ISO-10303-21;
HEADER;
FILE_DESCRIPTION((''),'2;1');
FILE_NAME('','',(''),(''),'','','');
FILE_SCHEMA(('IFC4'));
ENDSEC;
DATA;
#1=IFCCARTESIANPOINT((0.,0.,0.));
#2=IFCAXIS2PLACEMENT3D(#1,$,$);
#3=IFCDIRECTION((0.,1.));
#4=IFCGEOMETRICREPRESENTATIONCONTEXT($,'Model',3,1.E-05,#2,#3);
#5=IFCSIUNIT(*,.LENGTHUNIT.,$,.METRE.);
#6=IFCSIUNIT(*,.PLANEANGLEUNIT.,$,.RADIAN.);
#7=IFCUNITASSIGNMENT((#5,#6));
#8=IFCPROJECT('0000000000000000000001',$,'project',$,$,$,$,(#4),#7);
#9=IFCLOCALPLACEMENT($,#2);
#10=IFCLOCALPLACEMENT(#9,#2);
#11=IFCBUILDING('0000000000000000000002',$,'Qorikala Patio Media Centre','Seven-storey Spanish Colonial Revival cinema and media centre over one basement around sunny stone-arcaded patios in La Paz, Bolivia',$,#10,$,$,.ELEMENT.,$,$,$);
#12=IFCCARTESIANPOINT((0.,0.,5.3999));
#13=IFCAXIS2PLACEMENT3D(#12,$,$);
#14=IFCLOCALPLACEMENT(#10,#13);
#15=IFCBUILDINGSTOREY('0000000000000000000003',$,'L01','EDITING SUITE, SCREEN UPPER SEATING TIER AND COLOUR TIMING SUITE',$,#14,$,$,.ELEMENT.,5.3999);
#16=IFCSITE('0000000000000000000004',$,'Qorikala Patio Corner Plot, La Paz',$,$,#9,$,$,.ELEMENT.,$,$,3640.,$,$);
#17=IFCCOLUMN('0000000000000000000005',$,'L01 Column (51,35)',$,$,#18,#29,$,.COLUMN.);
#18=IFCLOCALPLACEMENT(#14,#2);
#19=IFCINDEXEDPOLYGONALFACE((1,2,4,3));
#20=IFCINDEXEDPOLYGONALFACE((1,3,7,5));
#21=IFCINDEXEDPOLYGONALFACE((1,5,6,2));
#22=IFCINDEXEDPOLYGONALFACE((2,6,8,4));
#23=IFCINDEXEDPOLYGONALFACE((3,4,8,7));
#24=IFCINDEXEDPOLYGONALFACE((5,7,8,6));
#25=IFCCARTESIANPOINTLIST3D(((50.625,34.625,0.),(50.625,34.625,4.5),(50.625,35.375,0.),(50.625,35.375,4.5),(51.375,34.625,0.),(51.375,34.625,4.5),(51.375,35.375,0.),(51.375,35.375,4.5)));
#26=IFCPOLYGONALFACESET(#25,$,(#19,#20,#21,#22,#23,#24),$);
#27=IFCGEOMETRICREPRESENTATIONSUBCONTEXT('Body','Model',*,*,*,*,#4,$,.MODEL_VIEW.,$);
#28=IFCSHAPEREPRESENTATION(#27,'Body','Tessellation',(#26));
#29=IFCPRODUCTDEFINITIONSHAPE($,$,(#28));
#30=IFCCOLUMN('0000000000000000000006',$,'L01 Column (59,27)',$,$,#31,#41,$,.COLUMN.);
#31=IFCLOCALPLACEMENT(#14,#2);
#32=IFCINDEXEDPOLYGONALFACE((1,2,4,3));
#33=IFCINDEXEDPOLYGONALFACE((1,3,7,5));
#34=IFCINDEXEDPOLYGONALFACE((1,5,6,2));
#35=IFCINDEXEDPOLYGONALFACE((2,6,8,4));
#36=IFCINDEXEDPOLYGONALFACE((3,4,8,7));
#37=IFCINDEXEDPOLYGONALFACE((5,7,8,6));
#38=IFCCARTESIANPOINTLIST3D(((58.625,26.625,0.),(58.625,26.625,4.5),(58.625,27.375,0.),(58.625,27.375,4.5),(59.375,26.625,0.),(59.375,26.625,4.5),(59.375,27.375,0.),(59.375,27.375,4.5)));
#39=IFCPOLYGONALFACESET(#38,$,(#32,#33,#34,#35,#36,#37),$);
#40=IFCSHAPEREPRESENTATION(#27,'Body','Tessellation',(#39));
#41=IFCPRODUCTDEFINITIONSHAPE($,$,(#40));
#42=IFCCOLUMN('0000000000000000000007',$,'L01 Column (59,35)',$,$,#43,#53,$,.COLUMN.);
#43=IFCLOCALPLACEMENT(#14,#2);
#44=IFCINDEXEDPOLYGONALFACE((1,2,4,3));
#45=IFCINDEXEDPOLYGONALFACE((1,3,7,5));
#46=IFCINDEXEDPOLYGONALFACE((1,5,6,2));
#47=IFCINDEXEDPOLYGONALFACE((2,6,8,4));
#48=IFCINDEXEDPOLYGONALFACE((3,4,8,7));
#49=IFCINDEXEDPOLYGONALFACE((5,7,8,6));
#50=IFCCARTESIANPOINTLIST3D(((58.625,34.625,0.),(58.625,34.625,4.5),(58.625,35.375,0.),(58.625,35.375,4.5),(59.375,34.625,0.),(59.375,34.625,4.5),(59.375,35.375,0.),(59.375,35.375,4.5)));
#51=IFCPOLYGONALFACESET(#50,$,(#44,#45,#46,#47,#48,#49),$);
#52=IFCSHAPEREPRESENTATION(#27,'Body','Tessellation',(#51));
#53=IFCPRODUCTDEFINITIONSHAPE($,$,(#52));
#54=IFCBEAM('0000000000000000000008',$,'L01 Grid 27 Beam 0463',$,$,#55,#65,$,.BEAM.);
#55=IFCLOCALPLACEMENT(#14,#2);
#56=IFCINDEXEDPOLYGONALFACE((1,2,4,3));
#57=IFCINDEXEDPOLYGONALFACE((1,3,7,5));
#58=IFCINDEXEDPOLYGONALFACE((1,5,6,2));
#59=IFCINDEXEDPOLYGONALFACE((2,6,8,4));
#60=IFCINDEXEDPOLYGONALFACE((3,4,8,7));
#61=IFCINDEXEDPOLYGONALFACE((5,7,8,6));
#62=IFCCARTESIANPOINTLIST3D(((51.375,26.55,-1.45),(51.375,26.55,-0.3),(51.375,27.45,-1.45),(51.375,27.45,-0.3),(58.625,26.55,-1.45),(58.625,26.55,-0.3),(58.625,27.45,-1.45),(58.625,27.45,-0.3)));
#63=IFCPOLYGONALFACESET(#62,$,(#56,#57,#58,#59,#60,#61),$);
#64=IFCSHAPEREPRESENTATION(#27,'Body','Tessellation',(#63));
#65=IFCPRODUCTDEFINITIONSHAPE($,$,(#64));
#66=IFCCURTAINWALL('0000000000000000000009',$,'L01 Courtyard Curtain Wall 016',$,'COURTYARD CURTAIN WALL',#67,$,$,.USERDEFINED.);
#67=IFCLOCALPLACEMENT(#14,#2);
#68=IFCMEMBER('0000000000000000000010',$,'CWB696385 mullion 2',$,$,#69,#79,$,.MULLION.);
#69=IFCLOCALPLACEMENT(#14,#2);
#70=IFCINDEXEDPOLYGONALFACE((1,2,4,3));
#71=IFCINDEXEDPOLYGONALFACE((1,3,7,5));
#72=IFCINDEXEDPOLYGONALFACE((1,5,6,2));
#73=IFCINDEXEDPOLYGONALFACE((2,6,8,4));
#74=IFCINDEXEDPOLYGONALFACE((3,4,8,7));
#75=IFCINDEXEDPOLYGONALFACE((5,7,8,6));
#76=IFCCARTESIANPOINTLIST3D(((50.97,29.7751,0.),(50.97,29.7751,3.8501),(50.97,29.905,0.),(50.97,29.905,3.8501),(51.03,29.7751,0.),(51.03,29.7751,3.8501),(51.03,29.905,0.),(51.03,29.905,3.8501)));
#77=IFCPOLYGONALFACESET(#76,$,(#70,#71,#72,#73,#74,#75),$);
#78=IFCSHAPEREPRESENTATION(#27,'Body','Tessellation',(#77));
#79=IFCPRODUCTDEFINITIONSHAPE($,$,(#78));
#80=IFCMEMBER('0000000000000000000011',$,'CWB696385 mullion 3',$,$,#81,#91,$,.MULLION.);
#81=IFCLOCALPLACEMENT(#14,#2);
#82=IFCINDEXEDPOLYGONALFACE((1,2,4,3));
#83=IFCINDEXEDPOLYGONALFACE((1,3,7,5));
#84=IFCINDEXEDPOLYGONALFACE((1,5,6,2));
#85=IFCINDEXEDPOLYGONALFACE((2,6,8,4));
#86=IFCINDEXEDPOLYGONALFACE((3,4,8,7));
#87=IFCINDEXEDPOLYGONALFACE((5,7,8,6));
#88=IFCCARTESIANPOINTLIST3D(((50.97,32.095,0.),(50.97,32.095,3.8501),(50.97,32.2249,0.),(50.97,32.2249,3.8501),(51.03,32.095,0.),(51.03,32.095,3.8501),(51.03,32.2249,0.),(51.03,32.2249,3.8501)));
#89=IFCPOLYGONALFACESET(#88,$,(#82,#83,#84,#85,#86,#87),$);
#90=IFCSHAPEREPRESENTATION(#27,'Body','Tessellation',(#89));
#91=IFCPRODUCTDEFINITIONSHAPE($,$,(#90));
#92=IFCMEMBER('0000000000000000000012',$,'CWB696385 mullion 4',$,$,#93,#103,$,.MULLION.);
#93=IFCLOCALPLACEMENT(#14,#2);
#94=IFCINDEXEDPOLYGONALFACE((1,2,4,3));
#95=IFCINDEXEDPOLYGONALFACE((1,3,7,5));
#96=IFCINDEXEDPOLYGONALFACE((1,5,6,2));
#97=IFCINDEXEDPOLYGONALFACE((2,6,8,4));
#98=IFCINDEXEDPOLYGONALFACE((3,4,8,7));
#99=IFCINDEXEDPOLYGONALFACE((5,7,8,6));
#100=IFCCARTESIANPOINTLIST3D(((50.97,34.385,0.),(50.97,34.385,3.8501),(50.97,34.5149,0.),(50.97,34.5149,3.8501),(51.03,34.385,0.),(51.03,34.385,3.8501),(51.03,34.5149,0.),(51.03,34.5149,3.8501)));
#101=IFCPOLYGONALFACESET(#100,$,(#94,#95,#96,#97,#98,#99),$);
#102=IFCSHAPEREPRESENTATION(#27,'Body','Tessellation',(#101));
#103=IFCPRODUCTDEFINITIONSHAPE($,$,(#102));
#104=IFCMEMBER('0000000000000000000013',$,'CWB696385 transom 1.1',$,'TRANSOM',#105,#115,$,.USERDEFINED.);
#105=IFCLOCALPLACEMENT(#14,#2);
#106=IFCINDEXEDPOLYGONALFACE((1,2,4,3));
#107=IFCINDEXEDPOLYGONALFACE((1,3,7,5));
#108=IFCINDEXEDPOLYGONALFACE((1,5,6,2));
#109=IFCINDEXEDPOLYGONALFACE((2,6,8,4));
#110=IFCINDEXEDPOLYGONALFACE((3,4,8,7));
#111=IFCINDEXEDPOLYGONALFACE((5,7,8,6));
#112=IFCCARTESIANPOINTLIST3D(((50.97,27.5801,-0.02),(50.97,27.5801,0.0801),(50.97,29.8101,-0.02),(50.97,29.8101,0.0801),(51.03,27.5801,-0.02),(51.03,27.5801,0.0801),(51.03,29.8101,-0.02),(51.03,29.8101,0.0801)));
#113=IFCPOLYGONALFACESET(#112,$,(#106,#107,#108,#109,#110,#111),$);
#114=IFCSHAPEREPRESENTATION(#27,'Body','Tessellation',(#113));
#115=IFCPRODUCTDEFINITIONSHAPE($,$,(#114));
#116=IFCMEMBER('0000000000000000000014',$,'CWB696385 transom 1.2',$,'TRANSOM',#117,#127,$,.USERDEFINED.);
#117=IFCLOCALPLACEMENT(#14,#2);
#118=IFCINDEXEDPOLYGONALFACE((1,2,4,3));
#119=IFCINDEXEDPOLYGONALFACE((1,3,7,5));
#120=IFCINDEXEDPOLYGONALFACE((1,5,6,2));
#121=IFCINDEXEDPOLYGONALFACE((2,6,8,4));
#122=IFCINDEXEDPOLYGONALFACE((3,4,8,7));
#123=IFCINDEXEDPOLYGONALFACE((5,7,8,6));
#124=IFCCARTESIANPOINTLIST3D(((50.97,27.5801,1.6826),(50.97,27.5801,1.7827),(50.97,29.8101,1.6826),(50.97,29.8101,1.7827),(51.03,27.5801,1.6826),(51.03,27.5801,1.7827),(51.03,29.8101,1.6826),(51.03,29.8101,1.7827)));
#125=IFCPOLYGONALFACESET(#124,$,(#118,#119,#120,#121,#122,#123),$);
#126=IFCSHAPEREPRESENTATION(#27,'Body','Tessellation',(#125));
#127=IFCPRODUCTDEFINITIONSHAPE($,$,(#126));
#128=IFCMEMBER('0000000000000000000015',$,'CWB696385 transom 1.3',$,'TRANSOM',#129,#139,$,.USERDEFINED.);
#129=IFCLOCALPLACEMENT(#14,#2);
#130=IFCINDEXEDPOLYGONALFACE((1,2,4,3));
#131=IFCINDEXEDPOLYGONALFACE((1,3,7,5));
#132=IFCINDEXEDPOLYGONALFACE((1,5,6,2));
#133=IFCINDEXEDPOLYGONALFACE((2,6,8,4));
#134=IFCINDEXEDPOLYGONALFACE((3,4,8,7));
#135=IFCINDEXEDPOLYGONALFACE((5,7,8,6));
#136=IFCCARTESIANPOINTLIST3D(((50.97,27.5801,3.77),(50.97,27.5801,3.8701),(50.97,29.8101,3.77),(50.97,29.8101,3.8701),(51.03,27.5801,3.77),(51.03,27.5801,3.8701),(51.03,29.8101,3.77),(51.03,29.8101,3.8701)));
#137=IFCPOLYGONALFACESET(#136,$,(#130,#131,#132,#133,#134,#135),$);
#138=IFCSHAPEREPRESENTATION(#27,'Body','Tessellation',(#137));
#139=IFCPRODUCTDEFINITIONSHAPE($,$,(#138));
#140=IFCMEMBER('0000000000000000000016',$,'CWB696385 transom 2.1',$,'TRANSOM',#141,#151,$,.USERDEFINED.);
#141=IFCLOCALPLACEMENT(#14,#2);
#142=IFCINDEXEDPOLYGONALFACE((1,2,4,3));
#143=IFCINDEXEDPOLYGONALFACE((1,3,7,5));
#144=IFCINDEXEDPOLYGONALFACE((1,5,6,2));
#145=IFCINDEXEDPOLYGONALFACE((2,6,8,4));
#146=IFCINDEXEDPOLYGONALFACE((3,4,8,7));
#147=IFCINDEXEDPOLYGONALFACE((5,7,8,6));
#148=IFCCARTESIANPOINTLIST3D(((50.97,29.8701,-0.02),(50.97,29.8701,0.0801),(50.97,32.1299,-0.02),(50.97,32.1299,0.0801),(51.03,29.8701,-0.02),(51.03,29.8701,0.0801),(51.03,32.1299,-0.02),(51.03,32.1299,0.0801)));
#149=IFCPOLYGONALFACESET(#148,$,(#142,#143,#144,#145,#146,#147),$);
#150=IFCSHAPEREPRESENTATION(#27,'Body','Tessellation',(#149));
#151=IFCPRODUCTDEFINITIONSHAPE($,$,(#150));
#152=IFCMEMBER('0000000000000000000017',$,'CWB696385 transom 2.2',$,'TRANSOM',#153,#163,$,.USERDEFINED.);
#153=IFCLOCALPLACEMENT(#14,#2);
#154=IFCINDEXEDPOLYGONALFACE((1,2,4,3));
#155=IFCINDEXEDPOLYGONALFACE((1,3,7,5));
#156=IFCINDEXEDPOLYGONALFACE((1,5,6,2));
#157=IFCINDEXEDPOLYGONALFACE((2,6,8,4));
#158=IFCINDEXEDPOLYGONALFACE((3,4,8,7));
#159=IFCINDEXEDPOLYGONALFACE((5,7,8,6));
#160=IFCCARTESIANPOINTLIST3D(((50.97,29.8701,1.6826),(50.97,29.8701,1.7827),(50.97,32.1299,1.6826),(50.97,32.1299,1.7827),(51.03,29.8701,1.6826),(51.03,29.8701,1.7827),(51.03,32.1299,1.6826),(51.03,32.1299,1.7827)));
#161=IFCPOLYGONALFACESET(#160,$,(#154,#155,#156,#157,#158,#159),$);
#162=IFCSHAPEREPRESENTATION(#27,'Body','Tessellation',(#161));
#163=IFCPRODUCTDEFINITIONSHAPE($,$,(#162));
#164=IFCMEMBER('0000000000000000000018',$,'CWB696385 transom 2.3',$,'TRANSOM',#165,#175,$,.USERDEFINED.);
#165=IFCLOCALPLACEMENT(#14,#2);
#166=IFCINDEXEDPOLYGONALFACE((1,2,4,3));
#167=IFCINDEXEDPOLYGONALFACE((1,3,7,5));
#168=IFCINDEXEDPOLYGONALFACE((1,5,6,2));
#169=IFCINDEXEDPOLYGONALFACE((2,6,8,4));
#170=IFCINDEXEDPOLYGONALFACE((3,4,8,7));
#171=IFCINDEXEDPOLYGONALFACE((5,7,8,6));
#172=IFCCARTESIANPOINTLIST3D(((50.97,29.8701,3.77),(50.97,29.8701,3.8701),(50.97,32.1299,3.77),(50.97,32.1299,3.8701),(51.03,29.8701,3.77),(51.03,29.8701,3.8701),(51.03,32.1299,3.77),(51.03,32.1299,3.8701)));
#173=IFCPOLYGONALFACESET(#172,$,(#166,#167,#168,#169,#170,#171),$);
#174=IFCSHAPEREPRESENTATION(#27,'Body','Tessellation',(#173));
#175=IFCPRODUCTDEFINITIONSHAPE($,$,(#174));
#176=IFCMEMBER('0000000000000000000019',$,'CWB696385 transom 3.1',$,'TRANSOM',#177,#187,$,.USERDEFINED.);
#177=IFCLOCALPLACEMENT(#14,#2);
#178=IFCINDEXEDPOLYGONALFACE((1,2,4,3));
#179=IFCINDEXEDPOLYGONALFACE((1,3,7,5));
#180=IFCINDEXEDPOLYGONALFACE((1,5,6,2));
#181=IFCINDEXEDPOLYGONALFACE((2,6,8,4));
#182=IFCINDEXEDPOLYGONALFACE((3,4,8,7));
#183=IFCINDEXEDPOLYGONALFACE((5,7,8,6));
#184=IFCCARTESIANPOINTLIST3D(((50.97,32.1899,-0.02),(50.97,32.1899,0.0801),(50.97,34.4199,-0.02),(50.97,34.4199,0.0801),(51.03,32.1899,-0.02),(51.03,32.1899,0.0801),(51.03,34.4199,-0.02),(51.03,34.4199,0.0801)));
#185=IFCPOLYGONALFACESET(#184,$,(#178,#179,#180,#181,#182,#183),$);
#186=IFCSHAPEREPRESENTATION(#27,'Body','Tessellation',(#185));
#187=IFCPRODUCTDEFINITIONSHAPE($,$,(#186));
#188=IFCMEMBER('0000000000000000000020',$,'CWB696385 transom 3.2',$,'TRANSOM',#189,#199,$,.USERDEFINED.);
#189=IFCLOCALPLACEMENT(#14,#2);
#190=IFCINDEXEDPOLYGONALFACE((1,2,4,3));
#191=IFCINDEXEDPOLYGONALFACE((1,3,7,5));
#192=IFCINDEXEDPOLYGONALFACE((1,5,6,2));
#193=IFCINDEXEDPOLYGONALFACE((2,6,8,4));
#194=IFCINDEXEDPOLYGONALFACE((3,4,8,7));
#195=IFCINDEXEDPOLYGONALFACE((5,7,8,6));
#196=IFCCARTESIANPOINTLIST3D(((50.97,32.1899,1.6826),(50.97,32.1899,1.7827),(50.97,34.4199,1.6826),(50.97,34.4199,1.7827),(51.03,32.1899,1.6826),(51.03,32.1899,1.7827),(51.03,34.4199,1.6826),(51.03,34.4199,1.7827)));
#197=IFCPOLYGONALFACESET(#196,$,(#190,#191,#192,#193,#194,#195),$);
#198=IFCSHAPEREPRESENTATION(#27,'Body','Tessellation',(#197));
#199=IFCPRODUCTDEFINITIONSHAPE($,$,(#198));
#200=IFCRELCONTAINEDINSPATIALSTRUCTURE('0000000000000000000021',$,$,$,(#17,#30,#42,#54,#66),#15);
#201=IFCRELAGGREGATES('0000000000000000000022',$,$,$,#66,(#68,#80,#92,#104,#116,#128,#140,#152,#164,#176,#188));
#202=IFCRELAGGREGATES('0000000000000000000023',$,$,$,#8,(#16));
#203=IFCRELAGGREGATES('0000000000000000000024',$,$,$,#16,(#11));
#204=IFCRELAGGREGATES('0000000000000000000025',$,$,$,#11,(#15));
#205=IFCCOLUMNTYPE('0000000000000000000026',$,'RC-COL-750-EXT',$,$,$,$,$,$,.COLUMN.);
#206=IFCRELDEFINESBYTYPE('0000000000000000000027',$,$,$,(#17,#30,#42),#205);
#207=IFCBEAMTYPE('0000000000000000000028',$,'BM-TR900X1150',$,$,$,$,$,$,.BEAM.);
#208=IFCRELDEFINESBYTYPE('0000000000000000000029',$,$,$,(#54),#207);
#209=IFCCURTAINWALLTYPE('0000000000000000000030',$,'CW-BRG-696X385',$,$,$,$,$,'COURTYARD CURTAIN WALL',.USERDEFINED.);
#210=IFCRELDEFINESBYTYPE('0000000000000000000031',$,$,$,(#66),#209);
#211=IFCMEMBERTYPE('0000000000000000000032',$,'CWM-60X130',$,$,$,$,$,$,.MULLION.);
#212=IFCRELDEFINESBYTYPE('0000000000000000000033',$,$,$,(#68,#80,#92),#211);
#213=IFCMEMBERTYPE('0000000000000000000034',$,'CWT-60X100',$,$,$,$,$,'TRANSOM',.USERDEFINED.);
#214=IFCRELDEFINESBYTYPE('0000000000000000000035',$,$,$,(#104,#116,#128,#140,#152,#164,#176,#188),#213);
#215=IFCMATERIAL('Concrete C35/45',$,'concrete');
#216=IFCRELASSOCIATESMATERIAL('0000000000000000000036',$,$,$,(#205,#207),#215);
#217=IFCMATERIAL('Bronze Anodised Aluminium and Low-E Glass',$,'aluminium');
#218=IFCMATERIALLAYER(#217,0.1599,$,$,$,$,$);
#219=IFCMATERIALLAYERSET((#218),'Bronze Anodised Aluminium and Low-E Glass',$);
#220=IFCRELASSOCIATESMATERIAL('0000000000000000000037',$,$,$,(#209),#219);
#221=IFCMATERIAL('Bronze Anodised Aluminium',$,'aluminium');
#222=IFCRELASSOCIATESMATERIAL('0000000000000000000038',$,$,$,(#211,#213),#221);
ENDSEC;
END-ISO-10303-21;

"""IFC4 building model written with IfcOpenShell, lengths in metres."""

from ifc_helpers import new_model, si_unit, direction, frame, origin, origin_2d, place, context, subcontext, project, spatial, rectangle, extrude, material, layer, layer_set, material_profile, profile_set, type_object, element, aggregate, save


model = new_model("IFC4")

# Units and contexts
model_context = context("Model", 3, precision=1e-05, world=origin(), true_north=direction((0.0, 1.0)))
body_context = subcontext(model_context, "Body", "Model", "MODEL_VIEW")
ifc_project = project(units=[si_unit("LENGTHUNIT", "METRE"), si_unit("PLANEANGLEUNIT", "RADIAN")], contexts=[model_context])

# Site, building, storey
site_placement = place(None, origin())
site = spatial("IfcSite", under=ifc_project, at=site_placement, Name="Qorikala Patio Corner Plot, La Paz", CompositionType="ELEMENT", RefElevation=3640.0)
building_placement = place(site_placement, origin())
building = spatial("IfcBuilding", under=site, at=building_placement, Name="Qorikala Patio Media Centre", Description="Seven-storey Spanish Colonial Revival cinema and media centre over one basement around sunny stone-arcaded patios in La Paz, Bolivia", CompositionType="ELEMENT")
storey_placement = place(building_placement, frame((0.0, 0.0, 5.3999)))
storey = spatial("IfcBuildingStorey", under=building, at=storey_placement, Name="L01", Description="EDITING SUITE, SCREEN UPPER SEATING TIER AND COLOUR TIMING SUITE", CompositionType="ELEMENT", Elevation=5.3999)

# Columns
ifc_material_1 = material(Name="Concrete C35/45", Category="concrete")
ifc_material_profile_1 = material_profile(ifc_material_1, rectangle(XDim=0.75, YDim=0.75, at=origin_2d()), Name="RC 750x750")
ifc_profile_set_1 = profile_set([ifc_material_profile_1], Name="Concrete C35/45")
column_type = type_object("IfcColumnType", Name="RC-COL-750-EXT", PredefinedType="COLUMN", material=ifc_profile_set_1)
for number, where, z_axis, x_axis, name in (
    (1, (51.0, 35.0, 0.0), (0.0, 0.0, 1.0), (1.0, 0.0, 0.0), "L01 Column (51,35)"),
    (2, (59.0, 27.0, 0.0), (0.0, 0.0, 1.0), (1.0, 0.0, 0.0), "L01 Column (59,27)"),
    (3, (59.0, 35.0, 0.0), (0.0, 0.0, 1.0), (1.0, 0.0, 0.0), "L01 Column (59,35)"),
):
    element("IfcColumn", number, at=place(storey_placement, frame(where, z_axis=z_axis, x_axis=x_axis)), inside=storey, type_object=column_type, Name=name, PredefinedType="COLUMN", context=body_context, shape_type="SweptSolid", body=[
        extrude(rectangle(XDim=0.75, YDim=0.75, at=origin_2d()), origin(), (0.0, 0.0, 1.0), 4.5),
    ])

# Beam
ifc_material_profile_2 = material_profile(ifc_material_1, rectangle(XDim=0.8999, YDim=1.1499, at=origin_2d()), Name="RC 900x1150")
ifc_profile_set_2 = profile_set([ifc_material_profile_2], Name="Concrete C35/45")
beam_type_1 = type_object("IfcBeamType", Name="BM-TR900X1150", PredefinedType="BEAM", material=ifc_profile_set_2)
beam_1_placement = place(storey_placement, frame((51.375, 27.0, -0.875), z_axis=(1.0, 0.0, 0.0), x_axis=(0.0, 1.0, 0.0)))
element("IfcBeam", 4, at=beam_1_placement, inside=storey, type_object=beam_type_1, Name="L01 Grid 27 Beam 0463", PredefinedType="BEAM", context=body_context, shape_type="SweptSolid", body=[
    extrude(rectangle(XDim=0.8999, YDim=1.1499, at=origin_2d()), origin(), (0.0, 0.0, 1.0), 7.25),
])

# Curtain wall, members
ifc_material_2 = material(Name="Bronze Anodised Aluminium and Low-E Glass", Category="aluminium")
ifc_layer_1 = layer(ifc_material_2, 0.1599)
ifc_layer_set_1 = layer_set([ifc_layer_1], Name="Bronze Anodised Aluminium and Low-E Glass")
curtain_wall_type = type_object("IfcCurtainWallType", Name="CW-BRG-696X385", ElementType="COURTYARD CURTAIN WALL", PredefinedType="USERDEFINED", material=ifc_layer_set_1)
curtain_wall_placement = place(storey_placement, origin())
curtain_wall = element("IfcCurtainWall", 5, at=curtain_wall_placement, inside=storey, type_object=curtain_wall_type, Name="L01 Courtyard Curtain Wall 016", ObjectType="COURTYARD CURTAIN WALL", PredefinedType="USERDEFINED")
ifc_material_3 = material(Name="Bronze Anodised Aluminium", Category="aluminium")
ifc_material_profile_3 = material_profile(ifc_material_3, rectangle(XDim=0.0601, YDim=0.1299, at=origin_2d()), Name="ALU MULLION 60x130")
ifc_profile_set_3 = profile_set([ifc_material_profile_3], Name="Bronze Anodised Aluminium")
member_type_1 = type_object("IfcMemberType", Name="CWM-60X130", PredefinedType="MULLION", material=ifc_profile_set_3)
member_1_placement = place(storey_placement, frame((51.0, 29.8401, 0.0), z_axis=(0.0, 0.0, 1.0), x_axis=(-1.0, 0.0, 0.0)))
member_1 = element("IfcMember", 6, at=member_1_placement, type_object=member_type_1, Name="CWB696385 mullion 2", PredefinedType="MULLION", context=body_context, shape_type="SweptSolid", body=[
    extrude(rectangle(XDim=0.0601, YDim=0.1299, at=origin_2d()), origin(), (0.0, 0.0, 1.0), 3.8501),
])
member_2_placement = place(storey_placement, frame((51.0, 32.1599, 0.0), z_axis=(0.0, 0.0, 1.0), x_axis=(-1.0, 0.0, 0.0)))
member_2 = element("IfcMember", 7, at=member_2_placement, type_object=member_type_1, Name="CWB696385 mullion 3", PredefinedType="MULLION", context=body_context, shape_type="SweptSolid", body=[
    extrude(rectangle(XDim=0.0601, YDim=0.1299, at=origin_2d()), origin(), (0.0, 0.0, 1.0), 3.8501),
])
member_3_placement = place(storey_placement, frame((51.0, 34.45, 0.0), z_axis=(0.0, 0.0, 1.0), x_axis=(-1.0, 0.0, 0.0)))
member_3 = element("IfcMember", 8, at=member_3_placement, type_object=member_type_1, Name="CWB696385 mullion 4", PredefinedType="MULLION", context=body_context, shape_type="SweptSolid", body=[
    extrude(rectangle(XDim=0.0601, YDim=0.1299, at=origin_2d()), origin(), (0.0, 0.0, 1.0), 3.8501),
])
ifc_material_profile_4 = material_profile(ifc_material_3, rectangle(XDim=0.0601, YDim=0.1001, at=origin_2d()), Name="ALU TRANSOM 60x100")
ifc_profile_set_4 = profile_set([ifc_material_profile_4], Name="Bronze Anodised Aluminium")
member_type_2 = type_object("IfcMemberType", Name="CWT-60X100", ElementType="TRANSOM", PredefinedType="USERDEFINED", material=ifc_profile_set_4)
member_4_placement = place(storey_placement, frame((51.0, 27.5801, 0.03), z_axis=(0.0, 1.0, 0.0), x_axis=(-1.0, 0.0, 0.0)))
member_4 = element("IfcMember", 9, at=member_4_placement, type_object=member_type_2, Name="CWB696385 transom 1.1", ObjectType="TRANSOM", PredefinedType="USERDEFINED", context=body_context, shape_type="SweptSolid", body=[
    extrude(rectangle(XDim=0.0601, YDim=0.1001, at=origin_2d()), origin(), (0.0, 0.0, 1.0), 2.23),
])
member_5_placement = place(storey_placement, frame((51.0, 27.5801, 1.7327), z_axis=(0.0, 1.0, 0.0), x_axis=(-1.0, 0.0, 0.0)))
member_5 = element("IfcMember", 10, at=member_5_placement, type_object=member_type_2, Name="CWB696385 transom 1.2", ObjectType="TRANSOM", PredefinedType="USERDEFINED", context=body_context, shape_type="SweptSolid", body=[
    extrude(rectangle(XDim=0.0601, YDim=0.1001, at=origin_2d()), origin(), (0.0, 0.0, 1.0), 2.23),
])
member_6_placement = place(storey_placement, frame((51.0, 27.5801, 3.8201), z_axis=(0.0, 1.0, 0.0), x_axis=(-1.0, 0.0, 0.0)))
member_6 = element("IfcMember", 11, at=member_6_placement, type_object=member_type_2, Name="CWB696385 transom 1.3", ObjectType="TRANSOM", PredefinedType="USERDEFINED", context=body_context, shape_type="SweptSolid", body=[
    extrude(rectangle(XDim=0.0601, YDim=0.1001, at=origin_2d()), origin(), (0.0, 0.0, 1.0), 2.23),
])
member_7_placement = place(storey_placement, frame((51.0, 29.8701, 0.03), z_axis=(0.0, 1.0, 0.0), x_axis=(-1.0, 0.0, 0.0)))
member_7 = element("IfcMember", 12, at=member_7_placement, type_object=member_type_2, Name="CWB696385 transom 2.1", ObjectType="TRANSOM", PredefinedType="USERDEFINED", context=body_context, shape_type="SweptSolid", body=[
    extrude(rectangle(XDim=0.0601, YDim=0.1001, at=origin_2d()), origin(), (0.0, 0.0, 1.0), 2.2598),
])
member_8_placement = place(storey_placement, frame((51.0, 29.8701, 1.7327), z_axis=(0.0, 1.0, 0.0), x_axis=(-1.0, 0.0, 0.0)))
member_8 = element("IfcMember", 13, at=member_8_placement, type_object=member_type_2, Name="CWB696385 transom 2.2", ObjectType="TRANSOM", PredefinedType="USERDEFINED", context=body_context, shape_type="SweptSolid", body=[
    extrude(rectangle(XDim=0.0601, YDim=0.1001, at=origin_2d()), origin(), (0.0, 0.0, 1.0), 2.2598),
])
member_9_placement = place(storey_placement, frame((51.0, 29.8701, 3.8201), z_axis=(0.0, 1.0, 0.0), x_axis=(-1.0, 0.0, 0.0)))
member_9 = element("IfcMember", 14, at=member_9_placement, type_object=member_type_2, Name="CWB696385 transom 2.3", ObjectType="TRANSOM", PredefinedType="USERDEFINED", context=body_context, shape_type="SweptSolid", body=[
    extrude(rectangle(XDim=0.0601, YDim=0.1001, at=origin_2d()), origin(), (0.0, 0.0, 1.0), 2.2598),
])
member_10_placement = place(storey_placement, frame((51.0, 32.1899, 0.03), z_axis=(0.0, 1.0, 0.0), x_axis=(-1.0, 0.0, 0.0)))
member_10 = element("IfcMember", 15, at=member_10_placement, type_object=member_type_2, Name="CWB696385 transom 3.1", ObjectType="TRANSOM", PredefinedType="USERDEFINED", context=body_context, shape_type="SweptSolid", body=[
    extrude(rectangle(XDim=0.0601, YDim=0.1001, at=origin_2d()), origin(), (0.0, 0.0, 1.0), 2.23),
])
member_11_placement = place(storey_placement, frame((51.0, 32.1899, 1.7327), z_axis=(0.0, 1.0, 0.0), x_axis=(-1.0, 0.0, 0.0)))
member_11 = element("IfcMember", 16, at=member_11_placement, type_object=member_type_2, Name="CWB696385 transom 3.2", ObjectType="TRANSOM", PredefinedType="USERDEFINED", context=body_context, shape_type="SweptSolid", body=[
    extrude(rectangle(XDim=0.0601, YDim=0.1001, at=origin_2d()), origin(), (0.0, 0.0, 1.0), 2.23),
])

aggregate(curtain_wall, [member_1, member_2, member_3, member_4, member_5, member_6, member_7, member_8, member_9, member_10, member_11])

save(model, "model.ifc")
